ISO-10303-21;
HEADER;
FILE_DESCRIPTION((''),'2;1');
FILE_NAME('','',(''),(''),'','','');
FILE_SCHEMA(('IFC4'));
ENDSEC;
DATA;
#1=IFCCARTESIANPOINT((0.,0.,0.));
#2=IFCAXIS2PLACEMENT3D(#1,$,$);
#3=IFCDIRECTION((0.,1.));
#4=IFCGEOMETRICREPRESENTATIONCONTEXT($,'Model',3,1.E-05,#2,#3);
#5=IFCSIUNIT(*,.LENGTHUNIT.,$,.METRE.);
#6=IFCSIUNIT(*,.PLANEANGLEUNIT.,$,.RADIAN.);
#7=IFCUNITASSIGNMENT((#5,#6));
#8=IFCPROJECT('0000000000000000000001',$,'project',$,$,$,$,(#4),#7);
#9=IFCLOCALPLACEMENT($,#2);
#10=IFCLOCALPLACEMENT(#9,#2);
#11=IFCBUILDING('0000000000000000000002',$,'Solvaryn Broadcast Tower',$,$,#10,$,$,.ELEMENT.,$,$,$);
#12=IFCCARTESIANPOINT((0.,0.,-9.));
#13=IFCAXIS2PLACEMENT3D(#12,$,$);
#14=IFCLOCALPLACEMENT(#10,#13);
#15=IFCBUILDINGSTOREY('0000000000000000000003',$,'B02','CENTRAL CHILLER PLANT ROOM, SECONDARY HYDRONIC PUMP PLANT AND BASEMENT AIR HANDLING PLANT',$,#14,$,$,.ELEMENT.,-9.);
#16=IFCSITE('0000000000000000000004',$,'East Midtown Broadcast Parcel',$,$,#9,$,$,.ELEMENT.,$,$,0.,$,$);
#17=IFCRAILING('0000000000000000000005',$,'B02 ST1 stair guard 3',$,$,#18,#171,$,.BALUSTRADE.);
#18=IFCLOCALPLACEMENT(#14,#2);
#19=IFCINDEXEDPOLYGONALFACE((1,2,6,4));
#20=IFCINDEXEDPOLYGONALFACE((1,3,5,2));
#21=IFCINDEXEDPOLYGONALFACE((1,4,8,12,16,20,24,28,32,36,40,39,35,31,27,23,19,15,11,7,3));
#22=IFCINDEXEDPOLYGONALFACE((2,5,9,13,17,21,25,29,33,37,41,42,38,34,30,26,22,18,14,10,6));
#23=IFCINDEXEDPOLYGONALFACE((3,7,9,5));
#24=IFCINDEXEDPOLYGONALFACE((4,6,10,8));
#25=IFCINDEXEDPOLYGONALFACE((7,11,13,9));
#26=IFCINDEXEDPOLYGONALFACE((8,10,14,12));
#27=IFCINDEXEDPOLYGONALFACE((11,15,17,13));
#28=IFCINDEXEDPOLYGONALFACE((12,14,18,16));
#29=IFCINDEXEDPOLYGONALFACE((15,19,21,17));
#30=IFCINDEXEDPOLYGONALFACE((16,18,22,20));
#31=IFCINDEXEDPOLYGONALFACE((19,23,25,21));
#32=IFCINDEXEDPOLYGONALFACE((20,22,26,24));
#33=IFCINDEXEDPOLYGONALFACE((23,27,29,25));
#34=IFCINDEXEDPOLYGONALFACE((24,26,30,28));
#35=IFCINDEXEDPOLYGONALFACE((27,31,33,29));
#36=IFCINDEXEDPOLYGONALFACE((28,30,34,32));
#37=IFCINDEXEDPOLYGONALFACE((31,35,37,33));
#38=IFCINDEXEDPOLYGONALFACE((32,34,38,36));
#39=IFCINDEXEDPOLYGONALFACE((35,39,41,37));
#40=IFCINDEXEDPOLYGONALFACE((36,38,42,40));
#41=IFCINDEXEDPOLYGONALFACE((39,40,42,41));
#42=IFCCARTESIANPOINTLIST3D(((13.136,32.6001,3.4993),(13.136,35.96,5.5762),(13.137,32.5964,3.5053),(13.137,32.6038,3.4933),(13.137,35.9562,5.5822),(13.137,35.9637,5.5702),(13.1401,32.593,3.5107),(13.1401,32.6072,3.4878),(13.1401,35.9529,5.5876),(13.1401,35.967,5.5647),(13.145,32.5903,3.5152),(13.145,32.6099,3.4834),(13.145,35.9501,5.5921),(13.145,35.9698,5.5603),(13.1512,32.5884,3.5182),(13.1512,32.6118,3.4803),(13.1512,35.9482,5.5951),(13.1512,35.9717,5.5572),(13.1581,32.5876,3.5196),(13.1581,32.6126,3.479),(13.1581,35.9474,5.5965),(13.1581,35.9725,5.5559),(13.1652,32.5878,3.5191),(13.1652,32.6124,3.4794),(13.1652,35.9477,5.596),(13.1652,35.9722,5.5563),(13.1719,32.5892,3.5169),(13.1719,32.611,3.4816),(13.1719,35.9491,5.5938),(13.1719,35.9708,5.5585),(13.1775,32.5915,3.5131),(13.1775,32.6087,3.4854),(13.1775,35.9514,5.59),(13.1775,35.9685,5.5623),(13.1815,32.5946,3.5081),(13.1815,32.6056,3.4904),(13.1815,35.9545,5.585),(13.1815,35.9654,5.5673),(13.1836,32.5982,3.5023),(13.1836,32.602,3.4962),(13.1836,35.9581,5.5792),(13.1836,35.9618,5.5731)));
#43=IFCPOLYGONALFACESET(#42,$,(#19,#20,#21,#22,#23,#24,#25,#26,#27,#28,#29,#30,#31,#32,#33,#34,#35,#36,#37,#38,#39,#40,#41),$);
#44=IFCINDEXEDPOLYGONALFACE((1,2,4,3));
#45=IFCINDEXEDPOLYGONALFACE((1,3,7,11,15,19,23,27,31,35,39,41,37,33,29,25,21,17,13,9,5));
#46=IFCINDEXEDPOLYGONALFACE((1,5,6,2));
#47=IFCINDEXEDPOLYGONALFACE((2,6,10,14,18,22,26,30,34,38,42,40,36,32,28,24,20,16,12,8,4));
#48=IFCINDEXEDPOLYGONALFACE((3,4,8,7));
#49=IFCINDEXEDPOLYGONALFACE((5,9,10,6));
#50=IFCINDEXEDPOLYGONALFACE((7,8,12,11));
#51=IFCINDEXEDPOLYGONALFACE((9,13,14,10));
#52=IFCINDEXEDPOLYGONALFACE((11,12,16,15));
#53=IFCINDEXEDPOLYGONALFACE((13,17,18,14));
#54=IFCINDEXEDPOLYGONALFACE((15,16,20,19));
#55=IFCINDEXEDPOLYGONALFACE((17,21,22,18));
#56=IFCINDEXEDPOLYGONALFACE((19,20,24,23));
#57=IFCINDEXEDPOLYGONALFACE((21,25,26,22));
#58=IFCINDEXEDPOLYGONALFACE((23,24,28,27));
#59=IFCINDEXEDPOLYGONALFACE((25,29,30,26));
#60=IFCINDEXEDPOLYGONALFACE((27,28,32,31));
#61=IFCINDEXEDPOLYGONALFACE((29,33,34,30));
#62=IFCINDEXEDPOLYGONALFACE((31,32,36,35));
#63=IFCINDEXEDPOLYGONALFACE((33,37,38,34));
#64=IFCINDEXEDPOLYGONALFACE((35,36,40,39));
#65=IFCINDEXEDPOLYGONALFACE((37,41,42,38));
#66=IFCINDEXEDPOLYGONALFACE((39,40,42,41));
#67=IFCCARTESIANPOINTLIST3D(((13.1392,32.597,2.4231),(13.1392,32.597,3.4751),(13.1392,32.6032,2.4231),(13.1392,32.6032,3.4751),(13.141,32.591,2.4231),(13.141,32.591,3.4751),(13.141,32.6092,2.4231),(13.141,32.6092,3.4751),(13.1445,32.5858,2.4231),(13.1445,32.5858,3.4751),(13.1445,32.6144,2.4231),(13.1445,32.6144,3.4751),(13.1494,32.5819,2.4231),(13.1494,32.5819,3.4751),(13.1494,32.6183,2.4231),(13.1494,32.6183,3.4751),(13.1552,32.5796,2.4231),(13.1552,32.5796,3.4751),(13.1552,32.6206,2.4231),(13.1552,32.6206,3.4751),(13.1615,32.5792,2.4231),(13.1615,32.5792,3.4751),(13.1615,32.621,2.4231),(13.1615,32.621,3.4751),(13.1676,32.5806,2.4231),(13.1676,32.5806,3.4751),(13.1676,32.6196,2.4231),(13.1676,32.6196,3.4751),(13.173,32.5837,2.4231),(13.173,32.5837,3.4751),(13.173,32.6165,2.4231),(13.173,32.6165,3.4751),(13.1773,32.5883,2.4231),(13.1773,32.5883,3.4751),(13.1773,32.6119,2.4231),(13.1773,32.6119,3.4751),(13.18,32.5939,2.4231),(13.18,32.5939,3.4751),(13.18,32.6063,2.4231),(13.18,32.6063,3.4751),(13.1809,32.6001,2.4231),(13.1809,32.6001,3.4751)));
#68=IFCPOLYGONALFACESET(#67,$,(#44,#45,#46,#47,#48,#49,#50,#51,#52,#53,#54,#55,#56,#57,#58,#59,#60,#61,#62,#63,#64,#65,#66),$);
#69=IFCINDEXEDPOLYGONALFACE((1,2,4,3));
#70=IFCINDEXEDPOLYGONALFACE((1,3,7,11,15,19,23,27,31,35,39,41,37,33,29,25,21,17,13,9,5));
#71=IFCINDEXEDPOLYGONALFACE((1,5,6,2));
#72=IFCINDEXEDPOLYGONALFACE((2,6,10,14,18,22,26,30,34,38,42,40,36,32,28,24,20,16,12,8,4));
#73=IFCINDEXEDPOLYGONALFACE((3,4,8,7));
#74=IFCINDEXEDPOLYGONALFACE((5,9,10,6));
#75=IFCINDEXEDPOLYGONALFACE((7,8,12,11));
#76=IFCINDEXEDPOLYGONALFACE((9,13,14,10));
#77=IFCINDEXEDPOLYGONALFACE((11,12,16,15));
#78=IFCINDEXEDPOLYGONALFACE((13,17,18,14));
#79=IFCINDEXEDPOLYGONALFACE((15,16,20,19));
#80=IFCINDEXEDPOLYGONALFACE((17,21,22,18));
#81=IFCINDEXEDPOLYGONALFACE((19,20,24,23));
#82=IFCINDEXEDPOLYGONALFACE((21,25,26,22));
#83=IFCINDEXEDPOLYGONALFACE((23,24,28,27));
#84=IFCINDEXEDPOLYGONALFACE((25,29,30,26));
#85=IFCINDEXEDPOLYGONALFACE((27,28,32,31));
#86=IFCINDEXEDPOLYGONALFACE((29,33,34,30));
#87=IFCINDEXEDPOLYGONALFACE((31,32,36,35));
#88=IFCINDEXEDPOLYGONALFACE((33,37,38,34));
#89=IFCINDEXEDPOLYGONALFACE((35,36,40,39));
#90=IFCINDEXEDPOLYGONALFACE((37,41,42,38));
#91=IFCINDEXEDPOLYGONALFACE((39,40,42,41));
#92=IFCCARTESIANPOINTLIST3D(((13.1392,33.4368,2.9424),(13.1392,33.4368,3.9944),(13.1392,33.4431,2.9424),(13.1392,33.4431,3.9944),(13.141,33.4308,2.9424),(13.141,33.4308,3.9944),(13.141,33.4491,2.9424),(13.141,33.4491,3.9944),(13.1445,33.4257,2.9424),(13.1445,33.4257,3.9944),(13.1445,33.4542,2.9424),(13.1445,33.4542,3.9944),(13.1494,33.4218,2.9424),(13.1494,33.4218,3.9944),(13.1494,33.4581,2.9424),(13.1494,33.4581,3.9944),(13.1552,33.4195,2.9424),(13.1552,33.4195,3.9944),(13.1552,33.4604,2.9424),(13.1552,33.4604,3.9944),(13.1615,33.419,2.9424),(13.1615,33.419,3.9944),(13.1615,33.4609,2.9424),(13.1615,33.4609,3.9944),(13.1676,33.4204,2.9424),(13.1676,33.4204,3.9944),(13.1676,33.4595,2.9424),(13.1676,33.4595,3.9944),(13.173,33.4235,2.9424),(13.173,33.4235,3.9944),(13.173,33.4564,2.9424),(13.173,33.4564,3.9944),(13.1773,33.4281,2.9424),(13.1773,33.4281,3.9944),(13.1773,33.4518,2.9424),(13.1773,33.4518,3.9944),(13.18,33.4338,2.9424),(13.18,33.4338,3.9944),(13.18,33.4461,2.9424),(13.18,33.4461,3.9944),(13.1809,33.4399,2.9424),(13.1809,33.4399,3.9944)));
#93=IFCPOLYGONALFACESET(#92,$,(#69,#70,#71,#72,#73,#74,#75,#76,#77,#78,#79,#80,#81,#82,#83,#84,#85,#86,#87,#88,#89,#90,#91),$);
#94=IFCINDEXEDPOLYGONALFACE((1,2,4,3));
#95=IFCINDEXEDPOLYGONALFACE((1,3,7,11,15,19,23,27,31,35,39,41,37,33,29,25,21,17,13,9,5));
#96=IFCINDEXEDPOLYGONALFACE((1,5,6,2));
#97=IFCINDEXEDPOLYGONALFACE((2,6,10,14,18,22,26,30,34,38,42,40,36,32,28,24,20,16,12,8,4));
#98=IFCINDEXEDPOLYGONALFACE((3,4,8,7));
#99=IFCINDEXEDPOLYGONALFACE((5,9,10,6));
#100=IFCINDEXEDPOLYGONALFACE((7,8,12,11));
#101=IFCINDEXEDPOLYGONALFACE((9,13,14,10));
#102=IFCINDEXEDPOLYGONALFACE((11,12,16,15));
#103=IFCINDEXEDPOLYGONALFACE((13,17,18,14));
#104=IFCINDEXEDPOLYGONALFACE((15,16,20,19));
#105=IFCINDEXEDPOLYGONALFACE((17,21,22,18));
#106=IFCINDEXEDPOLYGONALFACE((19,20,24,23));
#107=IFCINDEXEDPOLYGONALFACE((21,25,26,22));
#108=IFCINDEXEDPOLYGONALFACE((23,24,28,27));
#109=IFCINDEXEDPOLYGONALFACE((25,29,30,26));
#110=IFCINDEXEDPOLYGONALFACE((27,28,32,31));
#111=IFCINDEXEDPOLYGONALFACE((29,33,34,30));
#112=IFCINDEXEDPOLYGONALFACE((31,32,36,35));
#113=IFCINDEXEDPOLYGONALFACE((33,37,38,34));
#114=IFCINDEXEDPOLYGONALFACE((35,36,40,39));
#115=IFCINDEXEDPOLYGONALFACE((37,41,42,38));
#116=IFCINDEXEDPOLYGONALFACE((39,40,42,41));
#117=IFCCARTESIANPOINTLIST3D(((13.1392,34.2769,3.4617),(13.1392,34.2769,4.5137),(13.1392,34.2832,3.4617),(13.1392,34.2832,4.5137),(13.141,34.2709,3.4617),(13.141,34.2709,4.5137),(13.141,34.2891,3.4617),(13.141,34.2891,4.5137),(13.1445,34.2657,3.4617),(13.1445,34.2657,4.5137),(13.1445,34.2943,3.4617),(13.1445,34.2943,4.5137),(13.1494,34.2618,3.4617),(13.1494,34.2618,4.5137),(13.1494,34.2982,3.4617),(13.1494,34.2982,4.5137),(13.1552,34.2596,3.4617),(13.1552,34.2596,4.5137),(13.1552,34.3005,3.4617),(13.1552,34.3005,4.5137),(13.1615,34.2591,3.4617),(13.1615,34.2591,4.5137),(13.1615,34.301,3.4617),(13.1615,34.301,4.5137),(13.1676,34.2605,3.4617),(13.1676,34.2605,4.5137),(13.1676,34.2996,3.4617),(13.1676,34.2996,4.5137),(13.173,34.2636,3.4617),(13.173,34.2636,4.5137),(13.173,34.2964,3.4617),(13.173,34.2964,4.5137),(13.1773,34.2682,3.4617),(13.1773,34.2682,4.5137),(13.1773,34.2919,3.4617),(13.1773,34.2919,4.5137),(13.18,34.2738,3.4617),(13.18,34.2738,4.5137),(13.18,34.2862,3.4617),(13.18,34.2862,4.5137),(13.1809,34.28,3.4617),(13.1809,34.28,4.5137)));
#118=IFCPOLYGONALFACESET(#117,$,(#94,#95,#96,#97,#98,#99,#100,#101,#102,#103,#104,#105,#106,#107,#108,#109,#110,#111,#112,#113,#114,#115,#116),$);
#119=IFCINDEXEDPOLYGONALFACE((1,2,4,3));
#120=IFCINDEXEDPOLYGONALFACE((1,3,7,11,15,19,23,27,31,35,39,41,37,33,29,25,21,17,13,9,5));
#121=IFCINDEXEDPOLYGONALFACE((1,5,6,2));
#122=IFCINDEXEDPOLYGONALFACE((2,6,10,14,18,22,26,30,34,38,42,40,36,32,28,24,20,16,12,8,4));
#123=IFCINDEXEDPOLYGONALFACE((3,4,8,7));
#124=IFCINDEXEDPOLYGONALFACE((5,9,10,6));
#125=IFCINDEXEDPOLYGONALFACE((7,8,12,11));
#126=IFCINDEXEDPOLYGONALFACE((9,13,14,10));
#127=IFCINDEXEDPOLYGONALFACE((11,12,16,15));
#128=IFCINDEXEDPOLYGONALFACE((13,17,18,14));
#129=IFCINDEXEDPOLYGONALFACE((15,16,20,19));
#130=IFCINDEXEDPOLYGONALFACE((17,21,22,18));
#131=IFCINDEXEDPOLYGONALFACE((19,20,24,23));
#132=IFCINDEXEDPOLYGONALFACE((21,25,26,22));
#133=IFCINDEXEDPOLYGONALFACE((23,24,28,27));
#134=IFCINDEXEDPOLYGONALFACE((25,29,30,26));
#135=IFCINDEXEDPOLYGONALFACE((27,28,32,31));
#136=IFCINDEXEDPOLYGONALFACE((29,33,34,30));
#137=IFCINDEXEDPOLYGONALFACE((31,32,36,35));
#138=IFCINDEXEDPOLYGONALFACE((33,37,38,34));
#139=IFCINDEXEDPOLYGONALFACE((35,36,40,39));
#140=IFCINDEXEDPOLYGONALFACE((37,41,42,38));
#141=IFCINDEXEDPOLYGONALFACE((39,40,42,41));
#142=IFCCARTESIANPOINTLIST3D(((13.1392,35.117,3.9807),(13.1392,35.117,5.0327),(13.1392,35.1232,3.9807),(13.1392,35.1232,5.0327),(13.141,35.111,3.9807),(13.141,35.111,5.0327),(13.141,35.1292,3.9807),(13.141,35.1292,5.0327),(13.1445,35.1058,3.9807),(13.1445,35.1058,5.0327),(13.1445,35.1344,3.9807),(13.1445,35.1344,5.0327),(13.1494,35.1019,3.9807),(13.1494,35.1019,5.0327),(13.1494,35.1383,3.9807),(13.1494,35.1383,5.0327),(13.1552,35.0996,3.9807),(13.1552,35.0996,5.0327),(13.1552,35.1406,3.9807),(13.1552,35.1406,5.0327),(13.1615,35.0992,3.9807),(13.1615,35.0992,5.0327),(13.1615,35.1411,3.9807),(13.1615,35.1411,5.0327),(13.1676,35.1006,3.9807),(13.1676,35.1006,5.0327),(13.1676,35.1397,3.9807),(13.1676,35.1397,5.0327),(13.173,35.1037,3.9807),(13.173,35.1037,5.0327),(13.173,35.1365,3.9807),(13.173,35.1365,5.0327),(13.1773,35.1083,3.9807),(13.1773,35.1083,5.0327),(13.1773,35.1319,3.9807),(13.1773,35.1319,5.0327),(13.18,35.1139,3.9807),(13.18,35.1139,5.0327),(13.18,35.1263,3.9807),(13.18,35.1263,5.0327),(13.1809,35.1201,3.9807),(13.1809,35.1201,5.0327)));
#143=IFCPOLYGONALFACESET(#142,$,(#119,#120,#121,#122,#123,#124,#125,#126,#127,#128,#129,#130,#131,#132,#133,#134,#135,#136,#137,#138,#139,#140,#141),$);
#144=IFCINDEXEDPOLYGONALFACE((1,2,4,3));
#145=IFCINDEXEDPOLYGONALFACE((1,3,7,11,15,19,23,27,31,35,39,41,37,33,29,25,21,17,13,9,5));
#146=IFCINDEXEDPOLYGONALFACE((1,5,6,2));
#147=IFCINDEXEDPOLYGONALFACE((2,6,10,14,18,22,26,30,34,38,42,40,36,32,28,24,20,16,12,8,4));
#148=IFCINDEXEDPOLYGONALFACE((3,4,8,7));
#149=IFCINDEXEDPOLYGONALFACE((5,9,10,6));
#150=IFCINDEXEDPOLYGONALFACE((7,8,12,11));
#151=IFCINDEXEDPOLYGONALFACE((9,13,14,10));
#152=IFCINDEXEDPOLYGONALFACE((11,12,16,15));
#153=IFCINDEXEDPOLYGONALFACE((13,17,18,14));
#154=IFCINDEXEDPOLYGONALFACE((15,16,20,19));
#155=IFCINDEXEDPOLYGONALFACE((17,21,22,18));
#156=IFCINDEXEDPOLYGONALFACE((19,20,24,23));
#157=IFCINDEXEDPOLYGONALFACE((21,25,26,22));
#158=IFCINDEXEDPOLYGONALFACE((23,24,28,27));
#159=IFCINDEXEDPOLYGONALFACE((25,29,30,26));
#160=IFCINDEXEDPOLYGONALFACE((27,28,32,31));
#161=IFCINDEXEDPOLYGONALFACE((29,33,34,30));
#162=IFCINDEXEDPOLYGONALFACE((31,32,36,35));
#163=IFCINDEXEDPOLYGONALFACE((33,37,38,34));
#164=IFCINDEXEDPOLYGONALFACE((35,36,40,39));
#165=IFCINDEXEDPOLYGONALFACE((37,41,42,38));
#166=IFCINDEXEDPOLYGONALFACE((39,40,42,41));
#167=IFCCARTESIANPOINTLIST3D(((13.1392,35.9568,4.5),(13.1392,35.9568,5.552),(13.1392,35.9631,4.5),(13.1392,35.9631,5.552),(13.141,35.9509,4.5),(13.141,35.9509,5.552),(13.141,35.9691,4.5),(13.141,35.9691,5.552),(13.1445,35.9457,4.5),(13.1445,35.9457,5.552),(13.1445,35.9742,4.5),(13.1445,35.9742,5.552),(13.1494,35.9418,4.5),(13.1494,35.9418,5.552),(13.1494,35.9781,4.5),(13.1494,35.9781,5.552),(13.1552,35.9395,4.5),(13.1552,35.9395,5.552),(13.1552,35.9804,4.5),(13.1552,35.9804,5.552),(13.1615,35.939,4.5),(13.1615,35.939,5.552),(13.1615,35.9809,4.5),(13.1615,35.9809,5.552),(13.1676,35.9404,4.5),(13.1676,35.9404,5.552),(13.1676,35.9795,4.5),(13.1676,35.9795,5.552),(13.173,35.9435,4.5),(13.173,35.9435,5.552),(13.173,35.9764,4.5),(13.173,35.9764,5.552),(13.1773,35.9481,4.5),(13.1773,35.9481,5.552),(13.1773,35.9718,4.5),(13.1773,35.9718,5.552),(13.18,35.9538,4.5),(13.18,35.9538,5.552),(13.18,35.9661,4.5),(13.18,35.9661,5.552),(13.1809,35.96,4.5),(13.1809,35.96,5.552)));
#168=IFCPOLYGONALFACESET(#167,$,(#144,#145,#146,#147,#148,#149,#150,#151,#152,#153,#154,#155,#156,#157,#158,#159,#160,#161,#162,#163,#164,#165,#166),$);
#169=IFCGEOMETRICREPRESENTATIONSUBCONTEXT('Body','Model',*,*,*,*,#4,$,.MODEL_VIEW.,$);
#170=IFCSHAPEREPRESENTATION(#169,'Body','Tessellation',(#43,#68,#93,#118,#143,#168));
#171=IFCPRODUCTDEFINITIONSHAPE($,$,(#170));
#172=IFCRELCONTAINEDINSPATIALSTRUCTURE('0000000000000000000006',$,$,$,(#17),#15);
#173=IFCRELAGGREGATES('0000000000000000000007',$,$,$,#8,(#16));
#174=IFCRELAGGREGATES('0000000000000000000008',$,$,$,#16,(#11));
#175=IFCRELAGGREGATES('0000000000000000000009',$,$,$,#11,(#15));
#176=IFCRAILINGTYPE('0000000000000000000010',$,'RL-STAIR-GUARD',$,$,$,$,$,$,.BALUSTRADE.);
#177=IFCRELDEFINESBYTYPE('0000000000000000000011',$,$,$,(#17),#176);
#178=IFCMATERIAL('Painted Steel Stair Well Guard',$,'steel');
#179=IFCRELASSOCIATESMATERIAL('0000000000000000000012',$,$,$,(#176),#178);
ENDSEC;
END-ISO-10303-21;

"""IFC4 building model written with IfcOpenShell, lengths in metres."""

from ifc_helpers import new_model, si_unit, direction, frame, origin, origin_2d, place, context, subcontext, project, spatial, circle, extrude, material, type_object, element, save


model = new_model("IFC4")

# Units and contexts
model_context = context("Model", 3, precision=1e-05, world=origin(), true_north=direction((0.0, 1.0)))
body_context = subcontext(model_context, "Body", "Model", "MODEL_VIEW")
ifc_project = project(units=[si_unit("LENGTHUNIT", "METRE"), si_unit("PLANEANGLEUNIT", "RADIAN")], contexts=[model_context])

# Site, building, storey
site_placement = place(None, origin())
site = spatial("IfcSite", under=ifc_project, at=site_placement, Name="East Midtown Broadcast Parcel", CompositionType="ELEMENT", RefElevation=0.0)
building_placement = place(site_placement, origin())
building = spatial("IfcBuilding", under=site, at=building_placement, Name="Solvaryn Broadcast Tower", CompositionType="ELEMENT")
storey_placement = place(building_placement, frame((0.0, 0.0, -9.0)))
storey = spatial("IfcBuildingStorey", under=building, at=storey_placement, Name="B02", Description="CENTRAL CHILLER PLANT ROOM, SECONDARY HYDRONIC PUMP PLANT AND BASEMENT AIR HANDLING PLANT", CompositionType="ELEMENT", Elevation=-9.0)

# Railing
ifc_material_1 = material(Name="Painted Steel Stair Well Guard", Category="steel")
railing_type_1 = type_object("IfcRailingType", Name="RL-STAIR-GUARD", PredefinedType="BALUSTRADE", material=ifc_material_1)
railing_1_placement = place(storey_placement, frame((13.1599, 32.6001, 2.4231)))
element("IfcRailing", 1, at=railing_1_placement, inside=storey, type_object=railing_type_1, Name="B02 ST1 stair guard 3", PredefinedType="BALUSTRADE", context=body_context, shape_type="SweptSolid", body=[
    extrude(circle(Radius=0.0239, at=origin_2d()), frame((0.0, 0.0, 1.0762), z_axis=(0.0, 0.850606, 0.525803), x_axis=(-1.0, 0.0, 0.0)), (0.0, 0.0, 1.0), 3.95),
    extrude(circle(Radius=0.021, at=origin_2d()), origin(), (0.0, 0.0, 1.0), 1.052),
    extrude(circle(Radius=0.021, at=origin_2d()), frame((0.0, 0.8398, 0.5193)), (0.0, 0.0, 1.0), 1.052),
    extrude(circle(Radius=0.021, at=origin_2d()), frame((0.0, 1.6799, 1.0386)), (0.0, 0.0, 1.0), 1.052),
    extrude(circle(Radius=0.021, at=origin_2d()), frame((0.0, 2.52, 1.5576)), (0.0, 0.0, 1.0), 1.052),
    extrude(circle(Radius=0.021, at=origin_2d()), frame((0.0, 3.3599, 2.0769)), (0.0, 0.0, 1.0), 1.052),
])

save(model, "model.ifc")
